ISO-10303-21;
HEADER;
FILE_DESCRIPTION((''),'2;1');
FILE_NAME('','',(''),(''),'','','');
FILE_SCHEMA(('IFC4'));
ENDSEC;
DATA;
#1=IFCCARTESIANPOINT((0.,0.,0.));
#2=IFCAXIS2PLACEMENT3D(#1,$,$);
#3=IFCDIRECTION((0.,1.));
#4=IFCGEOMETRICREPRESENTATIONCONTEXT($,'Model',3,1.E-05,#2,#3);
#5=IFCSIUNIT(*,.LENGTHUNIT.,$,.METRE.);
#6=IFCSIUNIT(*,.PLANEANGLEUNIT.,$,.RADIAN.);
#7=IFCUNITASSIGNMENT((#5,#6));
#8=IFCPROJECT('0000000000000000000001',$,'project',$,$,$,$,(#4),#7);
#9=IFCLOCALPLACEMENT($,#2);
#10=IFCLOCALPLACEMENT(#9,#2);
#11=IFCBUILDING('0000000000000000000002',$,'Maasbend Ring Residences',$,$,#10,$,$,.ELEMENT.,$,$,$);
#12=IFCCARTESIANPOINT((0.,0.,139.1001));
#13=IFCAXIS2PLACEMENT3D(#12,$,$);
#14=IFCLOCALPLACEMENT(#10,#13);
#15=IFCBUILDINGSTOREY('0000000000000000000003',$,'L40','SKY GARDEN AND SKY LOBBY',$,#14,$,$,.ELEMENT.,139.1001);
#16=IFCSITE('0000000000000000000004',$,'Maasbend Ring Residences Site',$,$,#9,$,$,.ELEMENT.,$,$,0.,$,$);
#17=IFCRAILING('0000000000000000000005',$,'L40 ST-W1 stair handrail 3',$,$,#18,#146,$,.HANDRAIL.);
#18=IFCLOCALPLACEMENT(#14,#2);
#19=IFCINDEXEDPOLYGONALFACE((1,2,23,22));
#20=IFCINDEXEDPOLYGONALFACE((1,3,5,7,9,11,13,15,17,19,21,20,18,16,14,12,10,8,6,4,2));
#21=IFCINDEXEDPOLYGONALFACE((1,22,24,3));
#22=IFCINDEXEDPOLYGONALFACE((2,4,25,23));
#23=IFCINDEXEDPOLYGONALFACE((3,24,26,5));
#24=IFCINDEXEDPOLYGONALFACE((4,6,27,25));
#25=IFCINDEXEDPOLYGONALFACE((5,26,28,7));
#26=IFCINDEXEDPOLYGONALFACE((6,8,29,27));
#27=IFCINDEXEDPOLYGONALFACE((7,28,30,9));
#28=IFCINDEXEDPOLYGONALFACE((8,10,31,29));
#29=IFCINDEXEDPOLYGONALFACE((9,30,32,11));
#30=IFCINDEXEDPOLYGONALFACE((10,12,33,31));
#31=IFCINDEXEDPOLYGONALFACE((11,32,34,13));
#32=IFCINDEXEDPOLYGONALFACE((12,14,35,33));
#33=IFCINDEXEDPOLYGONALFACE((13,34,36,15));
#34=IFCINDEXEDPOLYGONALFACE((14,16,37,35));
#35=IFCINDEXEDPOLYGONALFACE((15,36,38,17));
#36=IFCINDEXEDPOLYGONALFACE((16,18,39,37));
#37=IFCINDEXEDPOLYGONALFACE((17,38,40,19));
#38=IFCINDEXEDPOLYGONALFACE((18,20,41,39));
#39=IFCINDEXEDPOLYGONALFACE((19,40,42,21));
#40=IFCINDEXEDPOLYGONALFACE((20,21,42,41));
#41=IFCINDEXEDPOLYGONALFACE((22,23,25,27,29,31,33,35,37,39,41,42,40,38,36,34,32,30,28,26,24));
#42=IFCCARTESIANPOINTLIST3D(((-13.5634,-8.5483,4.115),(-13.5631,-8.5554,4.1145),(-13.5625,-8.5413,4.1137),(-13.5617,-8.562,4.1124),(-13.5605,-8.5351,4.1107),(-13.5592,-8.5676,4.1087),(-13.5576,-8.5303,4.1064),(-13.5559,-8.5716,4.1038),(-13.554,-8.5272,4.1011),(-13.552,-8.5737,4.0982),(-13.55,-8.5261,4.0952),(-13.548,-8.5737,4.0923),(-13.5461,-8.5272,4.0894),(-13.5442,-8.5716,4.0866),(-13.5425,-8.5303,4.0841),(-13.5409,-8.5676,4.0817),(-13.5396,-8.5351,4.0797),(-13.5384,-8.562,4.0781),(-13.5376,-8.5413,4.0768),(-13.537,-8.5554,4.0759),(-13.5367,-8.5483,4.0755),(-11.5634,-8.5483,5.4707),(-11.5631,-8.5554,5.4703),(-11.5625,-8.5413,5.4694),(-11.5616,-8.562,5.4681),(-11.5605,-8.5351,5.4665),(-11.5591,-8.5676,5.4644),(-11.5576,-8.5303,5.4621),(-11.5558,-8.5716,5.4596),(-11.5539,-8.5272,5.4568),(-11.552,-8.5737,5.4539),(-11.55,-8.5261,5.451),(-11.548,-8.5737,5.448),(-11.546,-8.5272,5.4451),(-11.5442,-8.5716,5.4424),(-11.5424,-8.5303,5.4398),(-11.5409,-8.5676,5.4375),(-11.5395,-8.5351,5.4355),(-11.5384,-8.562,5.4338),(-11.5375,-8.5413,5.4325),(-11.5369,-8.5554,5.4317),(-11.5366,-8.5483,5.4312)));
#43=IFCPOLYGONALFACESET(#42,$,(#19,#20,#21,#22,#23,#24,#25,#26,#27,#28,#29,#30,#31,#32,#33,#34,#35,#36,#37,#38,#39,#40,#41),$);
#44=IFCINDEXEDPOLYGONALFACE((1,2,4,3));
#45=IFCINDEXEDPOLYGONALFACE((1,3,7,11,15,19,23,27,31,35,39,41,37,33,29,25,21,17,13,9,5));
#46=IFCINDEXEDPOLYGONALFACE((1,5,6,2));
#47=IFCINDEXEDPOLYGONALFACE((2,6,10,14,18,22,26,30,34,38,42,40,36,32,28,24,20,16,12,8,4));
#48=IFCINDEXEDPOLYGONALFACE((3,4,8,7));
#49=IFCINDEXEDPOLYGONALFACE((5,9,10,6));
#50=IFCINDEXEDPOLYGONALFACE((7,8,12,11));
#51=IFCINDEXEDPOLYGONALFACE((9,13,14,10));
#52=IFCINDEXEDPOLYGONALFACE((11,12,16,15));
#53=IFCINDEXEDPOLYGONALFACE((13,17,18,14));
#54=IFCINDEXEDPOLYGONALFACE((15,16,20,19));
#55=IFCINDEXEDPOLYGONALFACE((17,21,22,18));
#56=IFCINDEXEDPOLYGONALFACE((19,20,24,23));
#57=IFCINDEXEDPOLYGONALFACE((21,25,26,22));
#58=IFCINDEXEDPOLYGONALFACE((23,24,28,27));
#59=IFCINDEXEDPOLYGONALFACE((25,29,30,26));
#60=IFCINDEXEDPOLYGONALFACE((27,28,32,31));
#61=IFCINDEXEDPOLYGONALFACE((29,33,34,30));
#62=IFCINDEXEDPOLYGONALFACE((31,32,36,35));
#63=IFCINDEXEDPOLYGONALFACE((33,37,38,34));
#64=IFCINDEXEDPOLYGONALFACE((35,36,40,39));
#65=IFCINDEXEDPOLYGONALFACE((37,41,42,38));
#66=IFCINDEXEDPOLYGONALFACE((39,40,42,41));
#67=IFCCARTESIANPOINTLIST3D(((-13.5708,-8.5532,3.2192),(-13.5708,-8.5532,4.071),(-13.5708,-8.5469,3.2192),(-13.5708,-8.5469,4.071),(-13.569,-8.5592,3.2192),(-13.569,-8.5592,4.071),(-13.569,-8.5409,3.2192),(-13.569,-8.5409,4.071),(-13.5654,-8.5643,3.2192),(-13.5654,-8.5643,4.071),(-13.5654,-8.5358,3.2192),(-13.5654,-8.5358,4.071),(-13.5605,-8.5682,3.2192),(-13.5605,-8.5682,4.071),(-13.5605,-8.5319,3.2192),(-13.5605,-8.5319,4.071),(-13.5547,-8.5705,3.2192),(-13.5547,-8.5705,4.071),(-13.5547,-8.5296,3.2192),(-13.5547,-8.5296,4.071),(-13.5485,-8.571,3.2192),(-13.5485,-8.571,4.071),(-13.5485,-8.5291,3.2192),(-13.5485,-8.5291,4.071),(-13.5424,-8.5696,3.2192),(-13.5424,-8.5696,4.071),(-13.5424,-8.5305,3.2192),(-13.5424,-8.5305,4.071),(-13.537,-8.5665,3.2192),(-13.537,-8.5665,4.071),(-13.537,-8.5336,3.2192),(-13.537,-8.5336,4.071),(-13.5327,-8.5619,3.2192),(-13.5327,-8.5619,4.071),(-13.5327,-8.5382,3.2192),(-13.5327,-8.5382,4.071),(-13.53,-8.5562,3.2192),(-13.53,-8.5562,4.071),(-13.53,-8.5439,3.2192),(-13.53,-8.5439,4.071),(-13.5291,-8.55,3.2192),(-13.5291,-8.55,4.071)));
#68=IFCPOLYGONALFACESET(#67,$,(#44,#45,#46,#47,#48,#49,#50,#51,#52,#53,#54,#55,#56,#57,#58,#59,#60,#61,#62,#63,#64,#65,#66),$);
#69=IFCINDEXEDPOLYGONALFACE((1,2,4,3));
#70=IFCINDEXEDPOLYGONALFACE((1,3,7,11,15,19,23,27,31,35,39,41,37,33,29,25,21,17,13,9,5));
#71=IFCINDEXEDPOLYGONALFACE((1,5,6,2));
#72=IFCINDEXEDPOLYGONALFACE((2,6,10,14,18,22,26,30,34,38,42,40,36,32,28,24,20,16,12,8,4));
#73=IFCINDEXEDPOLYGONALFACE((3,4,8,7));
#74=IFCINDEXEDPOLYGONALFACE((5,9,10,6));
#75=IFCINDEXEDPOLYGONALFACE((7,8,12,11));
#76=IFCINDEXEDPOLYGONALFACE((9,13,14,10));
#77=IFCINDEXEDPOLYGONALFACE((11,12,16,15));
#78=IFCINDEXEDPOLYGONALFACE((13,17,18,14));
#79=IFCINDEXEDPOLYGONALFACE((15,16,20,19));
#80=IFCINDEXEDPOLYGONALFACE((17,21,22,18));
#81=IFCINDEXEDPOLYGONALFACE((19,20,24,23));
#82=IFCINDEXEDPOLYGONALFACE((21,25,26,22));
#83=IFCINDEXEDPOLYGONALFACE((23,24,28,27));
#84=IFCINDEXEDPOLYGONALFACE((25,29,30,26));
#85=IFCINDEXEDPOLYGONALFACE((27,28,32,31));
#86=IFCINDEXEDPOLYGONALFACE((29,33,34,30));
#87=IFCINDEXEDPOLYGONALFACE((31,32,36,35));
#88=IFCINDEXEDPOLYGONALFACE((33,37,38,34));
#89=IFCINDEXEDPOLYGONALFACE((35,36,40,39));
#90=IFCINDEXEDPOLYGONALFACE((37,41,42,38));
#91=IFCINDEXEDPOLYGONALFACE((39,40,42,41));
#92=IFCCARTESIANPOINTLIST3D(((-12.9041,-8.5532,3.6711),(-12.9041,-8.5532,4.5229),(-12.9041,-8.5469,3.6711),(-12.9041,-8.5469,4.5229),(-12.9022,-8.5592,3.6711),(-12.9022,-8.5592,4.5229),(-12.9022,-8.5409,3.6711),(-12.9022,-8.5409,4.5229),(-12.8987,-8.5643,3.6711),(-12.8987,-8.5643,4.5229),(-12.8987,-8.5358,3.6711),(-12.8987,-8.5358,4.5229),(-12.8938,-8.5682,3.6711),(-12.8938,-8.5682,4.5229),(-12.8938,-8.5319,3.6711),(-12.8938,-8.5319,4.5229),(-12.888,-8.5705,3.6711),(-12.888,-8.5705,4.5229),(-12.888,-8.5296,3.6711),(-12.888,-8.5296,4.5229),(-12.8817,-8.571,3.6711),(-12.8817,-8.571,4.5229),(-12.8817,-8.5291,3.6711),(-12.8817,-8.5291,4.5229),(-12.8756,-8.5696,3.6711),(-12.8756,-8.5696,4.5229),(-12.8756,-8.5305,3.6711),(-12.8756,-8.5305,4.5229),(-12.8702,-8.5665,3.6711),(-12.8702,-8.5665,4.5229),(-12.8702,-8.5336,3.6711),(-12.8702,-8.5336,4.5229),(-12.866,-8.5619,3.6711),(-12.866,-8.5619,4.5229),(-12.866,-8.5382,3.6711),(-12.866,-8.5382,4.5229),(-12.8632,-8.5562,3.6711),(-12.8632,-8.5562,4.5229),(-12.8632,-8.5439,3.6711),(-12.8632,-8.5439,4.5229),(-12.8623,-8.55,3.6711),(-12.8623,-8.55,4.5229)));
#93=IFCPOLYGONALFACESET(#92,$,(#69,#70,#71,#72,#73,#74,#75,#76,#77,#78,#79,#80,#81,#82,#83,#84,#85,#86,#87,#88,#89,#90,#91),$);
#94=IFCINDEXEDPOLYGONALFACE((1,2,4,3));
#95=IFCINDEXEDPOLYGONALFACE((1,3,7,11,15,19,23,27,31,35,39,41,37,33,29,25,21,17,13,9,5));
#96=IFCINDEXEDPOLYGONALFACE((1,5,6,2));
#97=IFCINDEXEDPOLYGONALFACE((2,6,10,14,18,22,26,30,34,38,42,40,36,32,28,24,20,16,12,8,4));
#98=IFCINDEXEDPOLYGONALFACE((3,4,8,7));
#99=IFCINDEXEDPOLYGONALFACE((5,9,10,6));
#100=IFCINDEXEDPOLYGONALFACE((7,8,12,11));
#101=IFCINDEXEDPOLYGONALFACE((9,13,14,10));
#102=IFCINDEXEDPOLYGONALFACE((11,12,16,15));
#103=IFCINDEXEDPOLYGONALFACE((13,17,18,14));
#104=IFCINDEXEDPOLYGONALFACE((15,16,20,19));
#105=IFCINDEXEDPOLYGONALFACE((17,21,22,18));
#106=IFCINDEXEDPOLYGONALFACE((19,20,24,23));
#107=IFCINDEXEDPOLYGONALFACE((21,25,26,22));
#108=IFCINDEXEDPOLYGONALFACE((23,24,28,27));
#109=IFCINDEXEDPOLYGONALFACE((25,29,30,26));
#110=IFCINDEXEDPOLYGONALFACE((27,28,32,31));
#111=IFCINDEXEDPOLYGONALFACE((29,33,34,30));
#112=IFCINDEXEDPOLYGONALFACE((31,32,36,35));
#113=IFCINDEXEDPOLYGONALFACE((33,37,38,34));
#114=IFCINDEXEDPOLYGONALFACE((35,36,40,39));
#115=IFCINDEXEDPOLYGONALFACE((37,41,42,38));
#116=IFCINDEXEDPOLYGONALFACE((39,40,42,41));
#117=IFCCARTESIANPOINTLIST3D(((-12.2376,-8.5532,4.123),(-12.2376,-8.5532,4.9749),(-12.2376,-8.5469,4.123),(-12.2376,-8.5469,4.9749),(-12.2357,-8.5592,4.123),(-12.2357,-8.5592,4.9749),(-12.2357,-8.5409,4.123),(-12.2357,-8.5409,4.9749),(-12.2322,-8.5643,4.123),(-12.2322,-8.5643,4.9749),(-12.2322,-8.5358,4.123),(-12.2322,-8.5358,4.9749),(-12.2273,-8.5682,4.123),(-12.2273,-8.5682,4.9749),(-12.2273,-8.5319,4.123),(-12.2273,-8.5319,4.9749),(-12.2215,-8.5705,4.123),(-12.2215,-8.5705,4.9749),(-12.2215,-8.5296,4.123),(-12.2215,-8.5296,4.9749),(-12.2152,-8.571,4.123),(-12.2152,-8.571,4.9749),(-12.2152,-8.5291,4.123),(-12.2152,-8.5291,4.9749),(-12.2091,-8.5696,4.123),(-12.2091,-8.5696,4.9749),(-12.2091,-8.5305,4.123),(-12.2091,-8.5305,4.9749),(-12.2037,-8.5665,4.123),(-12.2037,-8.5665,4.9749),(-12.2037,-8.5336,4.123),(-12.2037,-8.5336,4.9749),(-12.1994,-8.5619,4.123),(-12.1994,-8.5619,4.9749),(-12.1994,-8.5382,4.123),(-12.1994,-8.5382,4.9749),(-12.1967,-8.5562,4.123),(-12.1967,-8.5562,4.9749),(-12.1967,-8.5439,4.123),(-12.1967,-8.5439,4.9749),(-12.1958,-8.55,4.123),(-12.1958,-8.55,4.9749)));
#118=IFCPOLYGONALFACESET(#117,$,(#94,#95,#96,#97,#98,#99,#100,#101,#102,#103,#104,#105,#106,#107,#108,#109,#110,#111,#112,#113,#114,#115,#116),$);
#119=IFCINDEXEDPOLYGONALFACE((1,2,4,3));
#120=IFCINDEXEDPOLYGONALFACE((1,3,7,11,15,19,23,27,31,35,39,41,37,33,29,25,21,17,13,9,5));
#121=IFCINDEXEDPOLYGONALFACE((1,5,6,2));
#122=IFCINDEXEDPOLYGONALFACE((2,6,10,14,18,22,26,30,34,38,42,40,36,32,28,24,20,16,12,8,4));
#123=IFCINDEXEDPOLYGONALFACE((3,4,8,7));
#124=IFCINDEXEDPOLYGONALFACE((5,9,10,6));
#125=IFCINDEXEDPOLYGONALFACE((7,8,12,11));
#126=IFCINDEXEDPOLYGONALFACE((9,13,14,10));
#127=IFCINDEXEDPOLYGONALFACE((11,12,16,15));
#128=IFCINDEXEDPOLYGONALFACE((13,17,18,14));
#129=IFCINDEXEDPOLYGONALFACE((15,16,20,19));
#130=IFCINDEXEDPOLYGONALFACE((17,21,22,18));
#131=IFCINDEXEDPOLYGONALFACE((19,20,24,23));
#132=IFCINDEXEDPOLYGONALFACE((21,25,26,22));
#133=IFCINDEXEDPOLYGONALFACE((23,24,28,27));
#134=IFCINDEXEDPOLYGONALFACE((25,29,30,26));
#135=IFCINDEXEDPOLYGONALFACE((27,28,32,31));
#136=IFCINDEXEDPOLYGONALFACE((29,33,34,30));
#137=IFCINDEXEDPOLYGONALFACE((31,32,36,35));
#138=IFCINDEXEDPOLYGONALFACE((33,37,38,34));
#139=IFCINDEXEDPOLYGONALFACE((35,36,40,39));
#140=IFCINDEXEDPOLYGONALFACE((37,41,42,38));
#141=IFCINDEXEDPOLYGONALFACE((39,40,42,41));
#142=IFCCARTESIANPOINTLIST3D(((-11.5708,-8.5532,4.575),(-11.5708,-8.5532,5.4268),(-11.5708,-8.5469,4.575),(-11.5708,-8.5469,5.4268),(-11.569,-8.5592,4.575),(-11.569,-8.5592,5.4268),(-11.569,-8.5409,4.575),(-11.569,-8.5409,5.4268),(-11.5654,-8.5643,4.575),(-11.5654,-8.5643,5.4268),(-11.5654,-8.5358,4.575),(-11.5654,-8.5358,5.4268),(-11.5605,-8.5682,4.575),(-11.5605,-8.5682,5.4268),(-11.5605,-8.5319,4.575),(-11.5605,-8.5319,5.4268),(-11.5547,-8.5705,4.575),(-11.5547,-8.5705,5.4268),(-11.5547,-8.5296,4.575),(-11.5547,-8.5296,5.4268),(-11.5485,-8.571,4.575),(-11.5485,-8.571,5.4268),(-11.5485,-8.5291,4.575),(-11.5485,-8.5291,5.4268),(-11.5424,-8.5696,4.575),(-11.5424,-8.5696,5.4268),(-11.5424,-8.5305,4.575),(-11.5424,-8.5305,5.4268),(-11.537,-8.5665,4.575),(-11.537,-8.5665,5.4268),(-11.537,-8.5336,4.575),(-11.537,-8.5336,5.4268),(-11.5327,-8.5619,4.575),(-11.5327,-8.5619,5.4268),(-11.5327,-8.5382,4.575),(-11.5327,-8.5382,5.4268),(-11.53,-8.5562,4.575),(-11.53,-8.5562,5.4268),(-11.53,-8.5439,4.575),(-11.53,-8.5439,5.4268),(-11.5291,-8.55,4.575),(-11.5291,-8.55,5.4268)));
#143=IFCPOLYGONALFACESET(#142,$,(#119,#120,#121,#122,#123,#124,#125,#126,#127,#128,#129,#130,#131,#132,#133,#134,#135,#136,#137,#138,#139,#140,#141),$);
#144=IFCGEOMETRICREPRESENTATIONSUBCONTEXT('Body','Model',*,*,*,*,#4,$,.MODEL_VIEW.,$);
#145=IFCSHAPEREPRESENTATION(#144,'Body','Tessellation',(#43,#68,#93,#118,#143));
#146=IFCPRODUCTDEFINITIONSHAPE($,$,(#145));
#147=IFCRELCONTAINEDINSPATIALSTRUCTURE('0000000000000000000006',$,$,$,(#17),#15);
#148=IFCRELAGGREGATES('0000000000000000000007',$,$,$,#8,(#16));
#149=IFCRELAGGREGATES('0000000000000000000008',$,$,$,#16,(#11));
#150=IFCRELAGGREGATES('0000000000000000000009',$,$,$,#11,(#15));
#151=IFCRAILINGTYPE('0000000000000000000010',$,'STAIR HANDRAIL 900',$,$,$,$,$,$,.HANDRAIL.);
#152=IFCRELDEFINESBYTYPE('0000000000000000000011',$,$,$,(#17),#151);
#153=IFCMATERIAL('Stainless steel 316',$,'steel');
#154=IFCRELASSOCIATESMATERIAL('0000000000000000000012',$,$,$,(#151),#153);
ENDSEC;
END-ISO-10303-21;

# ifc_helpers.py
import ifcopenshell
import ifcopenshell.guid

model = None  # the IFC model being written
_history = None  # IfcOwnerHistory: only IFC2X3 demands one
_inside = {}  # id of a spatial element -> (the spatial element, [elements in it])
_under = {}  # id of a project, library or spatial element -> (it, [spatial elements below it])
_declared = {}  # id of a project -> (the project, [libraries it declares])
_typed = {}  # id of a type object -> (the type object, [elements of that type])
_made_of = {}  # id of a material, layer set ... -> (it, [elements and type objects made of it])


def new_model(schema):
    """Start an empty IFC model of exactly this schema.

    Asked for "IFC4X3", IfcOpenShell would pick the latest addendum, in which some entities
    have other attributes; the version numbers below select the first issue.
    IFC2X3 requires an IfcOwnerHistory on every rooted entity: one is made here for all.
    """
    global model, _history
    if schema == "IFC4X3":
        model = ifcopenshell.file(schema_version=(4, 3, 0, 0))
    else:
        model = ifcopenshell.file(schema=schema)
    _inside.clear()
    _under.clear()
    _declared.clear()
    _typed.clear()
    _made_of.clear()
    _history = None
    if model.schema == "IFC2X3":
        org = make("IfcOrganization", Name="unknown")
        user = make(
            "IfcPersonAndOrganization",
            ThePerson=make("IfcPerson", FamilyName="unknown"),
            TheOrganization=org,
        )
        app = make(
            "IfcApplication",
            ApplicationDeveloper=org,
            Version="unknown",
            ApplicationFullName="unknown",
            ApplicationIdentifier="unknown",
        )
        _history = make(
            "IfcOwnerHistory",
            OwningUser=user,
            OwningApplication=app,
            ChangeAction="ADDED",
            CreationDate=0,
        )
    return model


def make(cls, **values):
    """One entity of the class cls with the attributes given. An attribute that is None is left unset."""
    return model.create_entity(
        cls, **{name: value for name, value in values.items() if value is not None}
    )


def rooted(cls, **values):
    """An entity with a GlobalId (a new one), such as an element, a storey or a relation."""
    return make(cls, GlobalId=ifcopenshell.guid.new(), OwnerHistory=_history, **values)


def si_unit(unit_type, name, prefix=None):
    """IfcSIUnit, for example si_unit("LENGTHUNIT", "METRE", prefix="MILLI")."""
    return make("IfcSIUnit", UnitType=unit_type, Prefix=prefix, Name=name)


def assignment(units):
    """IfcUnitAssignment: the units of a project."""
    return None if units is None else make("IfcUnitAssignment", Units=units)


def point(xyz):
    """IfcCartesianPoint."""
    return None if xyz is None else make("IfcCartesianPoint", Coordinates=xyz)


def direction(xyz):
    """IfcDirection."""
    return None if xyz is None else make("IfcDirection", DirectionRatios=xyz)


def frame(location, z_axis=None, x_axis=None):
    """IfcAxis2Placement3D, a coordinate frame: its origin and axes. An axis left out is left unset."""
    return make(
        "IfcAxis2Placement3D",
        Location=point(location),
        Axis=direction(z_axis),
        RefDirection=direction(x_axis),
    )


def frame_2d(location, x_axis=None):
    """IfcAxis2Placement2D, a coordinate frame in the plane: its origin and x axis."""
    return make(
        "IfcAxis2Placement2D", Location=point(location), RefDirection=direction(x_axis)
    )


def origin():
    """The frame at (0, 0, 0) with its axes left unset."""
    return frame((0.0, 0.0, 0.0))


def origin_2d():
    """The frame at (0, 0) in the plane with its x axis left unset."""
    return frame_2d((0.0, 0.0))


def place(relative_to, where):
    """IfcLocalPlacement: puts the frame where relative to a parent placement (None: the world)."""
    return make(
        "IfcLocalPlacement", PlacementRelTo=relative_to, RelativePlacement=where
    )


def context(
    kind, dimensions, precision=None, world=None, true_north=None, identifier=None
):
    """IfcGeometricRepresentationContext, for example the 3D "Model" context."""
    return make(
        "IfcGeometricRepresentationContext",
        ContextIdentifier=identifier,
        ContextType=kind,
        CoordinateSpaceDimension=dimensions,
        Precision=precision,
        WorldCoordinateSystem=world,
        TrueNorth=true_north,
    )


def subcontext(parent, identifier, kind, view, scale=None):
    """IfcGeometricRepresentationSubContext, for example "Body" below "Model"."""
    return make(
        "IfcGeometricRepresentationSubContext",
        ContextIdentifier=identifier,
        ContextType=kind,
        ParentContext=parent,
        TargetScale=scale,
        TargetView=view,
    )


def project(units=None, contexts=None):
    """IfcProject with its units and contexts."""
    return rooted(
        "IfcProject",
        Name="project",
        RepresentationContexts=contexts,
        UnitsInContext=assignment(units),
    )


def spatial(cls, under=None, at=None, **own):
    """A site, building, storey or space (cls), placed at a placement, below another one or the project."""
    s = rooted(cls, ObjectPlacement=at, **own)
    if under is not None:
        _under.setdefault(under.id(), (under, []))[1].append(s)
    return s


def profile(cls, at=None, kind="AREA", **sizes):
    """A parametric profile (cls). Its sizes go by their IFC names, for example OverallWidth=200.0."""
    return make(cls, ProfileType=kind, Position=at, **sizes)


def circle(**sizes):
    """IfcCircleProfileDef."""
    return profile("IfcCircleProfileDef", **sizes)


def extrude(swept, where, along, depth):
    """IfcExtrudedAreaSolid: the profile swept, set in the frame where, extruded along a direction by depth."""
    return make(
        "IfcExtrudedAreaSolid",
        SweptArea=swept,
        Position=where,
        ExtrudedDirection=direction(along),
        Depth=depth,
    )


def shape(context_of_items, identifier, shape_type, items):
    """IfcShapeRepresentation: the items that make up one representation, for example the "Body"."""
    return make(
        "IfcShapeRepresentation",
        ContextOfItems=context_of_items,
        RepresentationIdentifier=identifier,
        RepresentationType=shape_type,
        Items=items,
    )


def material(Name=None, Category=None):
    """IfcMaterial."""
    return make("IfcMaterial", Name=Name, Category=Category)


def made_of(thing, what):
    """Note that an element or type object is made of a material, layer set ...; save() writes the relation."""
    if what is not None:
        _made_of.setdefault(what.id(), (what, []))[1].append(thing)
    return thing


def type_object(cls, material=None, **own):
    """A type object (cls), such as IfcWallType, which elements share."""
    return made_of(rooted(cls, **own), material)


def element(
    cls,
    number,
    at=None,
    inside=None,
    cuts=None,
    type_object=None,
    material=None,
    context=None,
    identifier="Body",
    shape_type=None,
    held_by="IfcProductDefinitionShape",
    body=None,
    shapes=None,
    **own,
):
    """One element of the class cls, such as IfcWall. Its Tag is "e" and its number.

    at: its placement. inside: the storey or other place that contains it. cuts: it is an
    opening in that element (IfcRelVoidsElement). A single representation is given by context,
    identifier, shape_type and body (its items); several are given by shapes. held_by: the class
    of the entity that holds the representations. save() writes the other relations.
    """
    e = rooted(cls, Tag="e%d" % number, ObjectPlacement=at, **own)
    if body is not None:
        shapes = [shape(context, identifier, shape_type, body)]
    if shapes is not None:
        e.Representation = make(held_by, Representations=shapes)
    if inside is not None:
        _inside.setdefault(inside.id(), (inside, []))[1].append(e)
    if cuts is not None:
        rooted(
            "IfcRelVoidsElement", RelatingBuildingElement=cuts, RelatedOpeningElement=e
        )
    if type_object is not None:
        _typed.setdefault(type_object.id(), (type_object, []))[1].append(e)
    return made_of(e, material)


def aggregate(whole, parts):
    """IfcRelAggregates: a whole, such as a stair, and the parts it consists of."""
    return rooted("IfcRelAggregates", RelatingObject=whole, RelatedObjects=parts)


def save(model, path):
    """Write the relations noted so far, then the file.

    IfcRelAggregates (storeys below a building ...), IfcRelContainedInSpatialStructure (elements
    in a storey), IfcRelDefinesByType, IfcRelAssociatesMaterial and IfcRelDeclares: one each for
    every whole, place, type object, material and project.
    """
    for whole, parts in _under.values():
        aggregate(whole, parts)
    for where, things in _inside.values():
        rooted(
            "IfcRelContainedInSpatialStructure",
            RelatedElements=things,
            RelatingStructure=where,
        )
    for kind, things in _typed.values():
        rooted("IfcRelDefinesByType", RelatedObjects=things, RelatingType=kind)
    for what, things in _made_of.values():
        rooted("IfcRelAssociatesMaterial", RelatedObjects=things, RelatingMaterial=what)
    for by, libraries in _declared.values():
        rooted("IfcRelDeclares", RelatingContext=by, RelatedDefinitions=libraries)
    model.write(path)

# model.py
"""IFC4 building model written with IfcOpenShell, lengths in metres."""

from ifc_helpers import new_model, si_unit, direction, frame, origin, origin_2d, place, context, subcontext, project, spatial, circle, extrude, material, type_object, element, save


model = new_model("IFC4")

# Units and contexts
model_context = context("Model", 3, precision=1e-05, world=origin(), true_north=direction((0.0, 1.0)))
body_context = subcontext(model_context, "Body", "Model", "MODEL_VIEW")
ifc_project = project(units=[si_unit("LENGTHUNIT", "METRE"), si_unit("PLANEANGLEUNIT", "RADIAN")], contexts=[model_context])

# Site, building, storey
site_placement = place(None, origin())
site = spatial("IfcSite", under=ifc_project, at=site_placement, Name="Maasbend Ring Residences Site", CompositionType="ELEMENT", RefElevation=0.0)
building_placement = place(site_placement, origin())
building = spatial("IfcBuilding", under=site, at=building_placement, Name="Maasbend Ring Residences", CompositionType="ELEMENT")
storey_placement = place(building_placement, frame((0.0, 0.0, 139.1001)))
storey = spatial("IfcBuildingStorey", under=building, at=storey_placement, Name="L40", Description="SKY GARDEN AND SKY LOBBY", CompositionType="ELEMENT", Elevation=139.1001)

# Railing
ifc_material_1 = material(Name="Stainless steel 316", Category="steel")
railing_type_1 = type_object("IfcRailingType", Name="STAIR HANDRAIL 900", PredefinedType="HANDRAIL", material=ifc_material_1)
railing_1_placement = place(storey_placement, frame((-13.55, -8.55, 3.2192)))
element("IfcRailing", 1, at=railing_1_placement, inside=storey, type_object=railing_type_1, Name="L40 ST-W1 stair handrail 3", PredefinedType="HANDRAIL", context=body_context, shape_type="SweptSolid", body=[
    extrude(circle(Radius=0.0239, at=origin_2d()), frame((0.0, 0.0, 0.876), z_axis=(0.827751, 0.0, 0.561096), x_axis=(0.0, 1.0, 0.0)), (0.0, 0.0, 1.0), 2.4163),
    extrude(circle(Radius=0.021, at=origin_2d()), origin(), (0.0, 0.0, 1.0), 0.8518),
    extrude(circle(Radius=0.021, at=origin_2d()), frame((0.6667, 0.0, 0.4519)), (0.0, 0.0, 1.0), 0.8518),
    extrude(circle(Radius=0.021, at=origin_2d()), frame((1.3333, 0.0, 0.9038)), (0.0, 0.0, 1.0), 0.8518),
    extrude(circle(Radius=0.021, at=origin_2d()), frame((2.0, 0.0, 1.3557)), (0.0, 0.0, 1.0), 0.8518),
])

save(model, "model.ifc")
